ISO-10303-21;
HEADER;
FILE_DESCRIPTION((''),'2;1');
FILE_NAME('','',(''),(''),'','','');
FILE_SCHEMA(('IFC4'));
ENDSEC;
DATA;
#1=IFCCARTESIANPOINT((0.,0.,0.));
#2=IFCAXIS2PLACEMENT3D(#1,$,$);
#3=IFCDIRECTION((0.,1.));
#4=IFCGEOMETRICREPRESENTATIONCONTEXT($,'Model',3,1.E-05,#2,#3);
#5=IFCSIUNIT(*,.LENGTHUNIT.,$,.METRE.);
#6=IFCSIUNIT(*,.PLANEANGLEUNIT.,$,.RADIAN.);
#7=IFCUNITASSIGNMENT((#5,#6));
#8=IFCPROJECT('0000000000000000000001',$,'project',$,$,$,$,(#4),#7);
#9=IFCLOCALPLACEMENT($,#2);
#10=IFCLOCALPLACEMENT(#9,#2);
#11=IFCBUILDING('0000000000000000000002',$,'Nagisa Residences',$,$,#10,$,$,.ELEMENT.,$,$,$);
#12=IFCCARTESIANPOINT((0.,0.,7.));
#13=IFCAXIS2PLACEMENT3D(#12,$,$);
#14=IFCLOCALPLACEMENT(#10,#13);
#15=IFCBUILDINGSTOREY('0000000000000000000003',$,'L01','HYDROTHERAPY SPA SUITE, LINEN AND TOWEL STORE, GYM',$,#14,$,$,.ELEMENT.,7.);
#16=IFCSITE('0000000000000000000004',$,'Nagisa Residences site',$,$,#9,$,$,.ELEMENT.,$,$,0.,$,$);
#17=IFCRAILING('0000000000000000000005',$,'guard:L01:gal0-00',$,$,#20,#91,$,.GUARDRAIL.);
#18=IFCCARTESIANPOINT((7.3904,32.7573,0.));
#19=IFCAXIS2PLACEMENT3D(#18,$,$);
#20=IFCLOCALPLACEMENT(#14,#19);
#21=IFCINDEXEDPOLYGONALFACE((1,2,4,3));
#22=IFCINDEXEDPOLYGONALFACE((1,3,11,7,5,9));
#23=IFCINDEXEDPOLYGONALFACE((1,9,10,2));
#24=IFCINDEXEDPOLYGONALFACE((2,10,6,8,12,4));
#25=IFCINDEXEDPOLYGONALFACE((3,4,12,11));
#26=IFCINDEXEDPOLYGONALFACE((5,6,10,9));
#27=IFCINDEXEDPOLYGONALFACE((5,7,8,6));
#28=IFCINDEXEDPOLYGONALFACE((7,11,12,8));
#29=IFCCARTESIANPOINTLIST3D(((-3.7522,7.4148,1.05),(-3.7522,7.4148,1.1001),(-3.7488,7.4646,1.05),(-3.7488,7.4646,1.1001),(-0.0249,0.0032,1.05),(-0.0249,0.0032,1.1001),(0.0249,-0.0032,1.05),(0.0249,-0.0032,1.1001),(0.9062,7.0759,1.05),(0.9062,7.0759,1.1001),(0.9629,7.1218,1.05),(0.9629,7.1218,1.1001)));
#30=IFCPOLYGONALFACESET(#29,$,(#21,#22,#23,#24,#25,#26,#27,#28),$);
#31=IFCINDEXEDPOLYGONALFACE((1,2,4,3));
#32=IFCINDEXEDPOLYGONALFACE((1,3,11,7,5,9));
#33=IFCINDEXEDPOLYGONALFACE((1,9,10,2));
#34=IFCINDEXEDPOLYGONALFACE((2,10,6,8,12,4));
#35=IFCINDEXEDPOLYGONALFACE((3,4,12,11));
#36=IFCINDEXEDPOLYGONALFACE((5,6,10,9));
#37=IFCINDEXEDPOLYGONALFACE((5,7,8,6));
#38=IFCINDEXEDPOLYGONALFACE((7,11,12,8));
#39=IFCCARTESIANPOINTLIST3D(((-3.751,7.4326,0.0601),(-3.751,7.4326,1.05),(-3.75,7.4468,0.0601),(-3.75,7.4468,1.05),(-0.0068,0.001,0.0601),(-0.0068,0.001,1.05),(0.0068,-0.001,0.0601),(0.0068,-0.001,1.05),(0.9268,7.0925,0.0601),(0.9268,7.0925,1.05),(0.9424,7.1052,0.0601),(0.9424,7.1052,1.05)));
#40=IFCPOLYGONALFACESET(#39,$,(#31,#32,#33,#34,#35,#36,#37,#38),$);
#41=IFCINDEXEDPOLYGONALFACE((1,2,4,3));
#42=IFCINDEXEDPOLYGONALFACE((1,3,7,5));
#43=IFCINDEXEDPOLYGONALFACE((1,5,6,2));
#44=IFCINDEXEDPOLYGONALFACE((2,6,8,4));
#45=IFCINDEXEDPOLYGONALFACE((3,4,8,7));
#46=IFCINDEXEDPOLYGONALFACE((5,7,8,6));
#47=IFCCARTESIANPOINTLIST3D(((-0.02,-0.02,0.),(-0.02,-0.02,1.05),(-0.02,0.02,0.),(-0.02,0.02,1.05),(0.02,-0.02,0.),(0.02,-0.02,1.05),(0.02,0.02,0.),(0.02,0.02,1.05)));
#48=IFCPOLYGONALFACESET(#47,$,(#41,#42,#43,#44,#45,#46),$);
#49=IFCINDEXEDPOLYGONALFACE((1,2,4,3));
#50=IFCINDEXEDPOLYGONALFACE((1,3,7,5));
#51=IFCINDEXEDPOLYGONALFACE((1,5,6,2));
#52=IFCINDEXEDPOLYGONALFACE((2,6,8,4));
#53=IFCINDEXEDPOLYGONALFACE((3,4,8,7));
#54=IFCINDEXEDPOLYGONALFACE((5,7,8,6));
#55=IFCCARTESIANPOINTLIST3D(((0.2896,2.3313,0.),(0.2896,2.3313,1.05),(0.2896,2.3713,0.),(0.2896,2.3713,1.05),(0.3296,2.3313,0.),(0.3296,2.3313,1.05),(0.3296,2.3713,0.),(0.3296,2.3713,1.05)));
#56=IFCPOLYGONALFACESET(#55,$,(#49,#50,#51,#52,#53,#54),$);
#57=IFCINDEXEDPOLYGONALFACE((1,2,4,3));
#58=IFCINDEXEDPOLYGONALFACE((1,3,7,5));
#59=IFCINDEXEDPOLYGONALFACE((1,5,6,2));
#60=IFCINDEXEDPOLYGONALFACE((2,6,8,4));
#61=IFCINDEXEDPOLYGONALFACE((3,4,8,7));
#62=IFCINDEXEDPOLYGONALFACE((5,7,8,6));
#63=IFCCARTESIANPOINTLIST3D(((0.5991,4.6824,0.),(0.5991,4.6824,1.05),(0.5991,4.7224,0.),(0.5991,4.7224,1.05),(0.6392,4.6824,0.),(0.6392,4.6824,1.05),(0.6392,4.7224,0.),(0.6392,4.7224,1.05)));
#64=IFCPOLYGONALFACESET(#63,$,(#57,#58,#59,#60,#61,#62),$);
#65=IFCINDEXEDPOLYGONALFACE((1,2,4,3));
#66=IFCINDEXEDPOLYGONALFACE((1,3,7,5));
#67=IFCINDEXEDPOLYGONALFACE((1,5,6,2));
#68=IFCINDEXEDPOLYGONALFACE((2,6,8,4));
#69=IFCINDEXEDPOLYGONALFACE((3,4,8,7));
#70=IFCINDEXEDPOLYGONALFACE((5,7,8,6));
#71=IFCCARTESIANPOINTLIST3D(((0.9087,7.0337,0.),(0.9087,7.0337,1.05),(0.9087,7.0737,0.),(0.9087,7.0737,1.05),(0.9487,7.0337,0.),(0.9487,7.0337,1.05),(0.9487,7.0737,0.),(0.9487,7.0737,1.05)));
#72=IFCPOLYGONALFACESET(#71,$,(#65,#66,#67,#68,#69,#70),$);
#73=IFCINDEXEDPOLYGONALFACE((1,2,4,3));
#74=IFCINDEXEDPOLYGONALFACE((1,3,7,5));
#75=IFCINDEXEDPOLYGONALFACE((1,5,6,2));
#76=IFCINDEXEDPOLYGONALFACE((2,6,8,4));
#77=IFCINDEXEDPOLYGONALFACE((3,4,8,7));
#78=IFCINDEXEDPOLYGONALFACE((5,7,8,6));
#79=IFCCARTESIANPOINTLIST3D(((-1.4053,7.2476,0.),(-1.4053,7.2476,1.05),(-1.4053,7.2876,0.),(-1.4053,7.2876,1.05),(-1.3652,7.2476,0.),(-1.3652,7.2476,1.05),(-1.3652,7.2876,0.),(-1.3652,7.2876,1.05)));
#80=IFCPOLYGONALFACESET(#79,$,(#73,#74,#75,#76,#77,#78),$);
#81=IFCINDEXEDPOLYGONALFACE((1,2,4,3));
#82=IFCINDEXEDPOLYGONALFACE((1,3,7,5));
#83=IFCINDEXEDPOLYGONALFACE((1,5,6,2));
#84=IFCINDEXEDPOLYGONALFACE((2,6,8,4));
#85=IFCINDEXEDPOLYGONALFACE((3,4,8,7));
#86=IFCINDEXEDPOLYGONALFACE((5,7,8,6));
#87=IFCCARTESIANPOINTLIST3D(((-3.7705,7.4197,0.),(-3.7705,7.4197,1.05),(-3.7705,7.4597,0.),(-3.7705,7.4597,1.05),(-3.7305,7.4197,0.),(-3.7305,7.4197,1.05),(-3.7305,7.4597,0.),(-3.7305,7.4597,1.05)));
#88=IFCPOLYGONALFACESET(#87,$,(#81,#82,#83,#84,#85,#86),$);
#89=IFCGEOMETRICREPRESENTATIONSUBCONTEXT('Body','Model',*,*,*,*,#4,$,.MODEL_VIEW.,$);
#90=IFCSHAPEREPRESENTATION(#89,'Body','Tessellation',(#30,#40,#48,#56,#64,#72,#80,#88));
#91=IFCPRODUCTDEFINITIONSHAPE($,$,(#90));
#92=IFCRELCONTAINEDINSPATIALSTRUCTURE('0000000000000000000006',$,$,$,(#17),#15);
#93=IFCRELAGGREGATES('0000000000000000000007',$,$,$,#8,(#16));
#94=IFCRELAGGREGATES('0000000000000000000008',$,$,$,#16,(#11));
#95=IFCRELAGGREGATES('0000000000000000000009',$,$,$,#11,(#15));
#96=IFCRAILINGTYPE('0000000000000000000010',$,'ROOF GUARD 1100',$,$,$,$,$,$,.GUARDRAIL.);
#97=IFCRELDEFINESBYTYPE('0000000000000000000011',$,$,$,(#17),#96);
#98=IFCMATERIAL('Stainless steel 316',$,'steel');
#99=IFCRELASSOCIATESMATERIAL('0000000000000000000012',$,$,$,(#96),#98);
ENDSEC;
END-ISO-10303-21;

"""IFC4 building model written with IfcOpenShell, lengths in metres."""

from ifc_helpers import new_model, si_unit, direction, frame, origin, origin_2d, place, context, subcontext, project, spatial, polyline, rectangle, outline, extrude, material, type_object, element, save


model = new_model("IFC4")

# Units and contexts
model_context = context("Model", 3, precision=1e-05, world=origin(), true_north=direction((0.0, 1.0)))
body_context = subcontext(model_context, "Body", "Model", "MODEL_VIEW")
ifc_project = project(units=[si_unit("LENGTHUNIT", "METRE"), si_unit("PLANEANGLEUNIT", "RADIAN")], contexts=[model_context])

# Site, building, storey
site_placement = place(None, origin())
site = spatial("IfcSite", under=ifc_project, at=site_placement, Name="Nagisa Residences site", CompositionType="ELEMENT", RefElevation=0.0)
building_placement = place(site_placement, origin())
building = spatial("IfcBuilding", under=site, at=building_placement, Name="Nagisa Residences", CompositionType="ELEMENT")
storey_placement = place(building_placement, frame((0.0, 0.0, 7.0)))
storey = spatial("IfcBuildingStorey", under=building, at=storey_placement, Name="L01", Description="HYDROTHERAPY SPA SUITE, LINEN AND TOWEL STORE, GYM", CompositionType="ELEMENT", Elevation=7.0)

# Railing
ifc_material_1 = material(Name="Stainless steel 316", Category="steel")
railing_type = type_object("IfcRailingType", Name="ROOF GUARD 1100", PredefinedType="GUARDRAIL", material=ifc_material_1)
railing_1_placement = place(storey_placement, frame((7.3904, 32.7573, 0.0)))
element("IfcRailing", 1, at=railing_1_placement, inside=storey, type_object=railing_type, Name="guard:L01:gal0-00", PredefinedType="GUARDRAIL", context=body_context, shape_type="SweptSolid", body=[
    extrude(outline(polyline([(0.9062, 7.0759), (-0.0249, 0.0032), (0.0249, -0.0032), (0.9629, 7.1218), (-3.7488, 7.4646), (-3.7522, 7.4148), (0.9062, 7.0759)])), frame((0.0, 0.0, 1.05)), (0.0, 0.0, 1.0), 0.05),
    extrude(outline(polyline([(0.9268, 7.0925), (-0.0068, 0.001), (0.0068, -0.001), (0.9424, 7.1052), (-3.75, 7.4468), (-3.751, 7.4326), (0.9268, 7.0925)])), frame((0.0, 0.0, 0.0601)), (0.0, 0.0, 1.0), 0.99),
    extrude(rectangle(XDim=0.04, YDim=0.04, at=origin_2d()), origin(), (0.0, 0.0, 1.0), 1.05),
    extrude(rectangle(XDim=0.04, YDim=0.04, at=origin_2d()), frame((0.3096, 2.3513, 0.0)), (0.0, 0.0, 1.0), 1.05),
    extrude(rectangle(XDim=0.04, YDim=0.04, at=origin_2d()), frame((0.6191, 4.7024, 0.0)), (0.0, 0.0, 1.0), 1.05),
    extrude(rectangle(XDim=0.04, YDim=0.04, at=origin_2d()), frame((0.9287, 7.0537, 0.0)), (0.0, 0.0, 1.0), 1.05),
    extrude(rectangle(XDim=0.04, YDim=0.04, at=origin_2d()), frame((-1.3853, 7.2676, 0.0)), (0.0, 0.0, 1.0), 1.05),
    extrude(rectangle(XDim=0.04, YDim=0.04, at=origin_2d()), frame((-3.7505, 7.4397, 0.0)), (0.0, 0.0, 1.0), 1.05),
])

save(model, "model.ifc")
